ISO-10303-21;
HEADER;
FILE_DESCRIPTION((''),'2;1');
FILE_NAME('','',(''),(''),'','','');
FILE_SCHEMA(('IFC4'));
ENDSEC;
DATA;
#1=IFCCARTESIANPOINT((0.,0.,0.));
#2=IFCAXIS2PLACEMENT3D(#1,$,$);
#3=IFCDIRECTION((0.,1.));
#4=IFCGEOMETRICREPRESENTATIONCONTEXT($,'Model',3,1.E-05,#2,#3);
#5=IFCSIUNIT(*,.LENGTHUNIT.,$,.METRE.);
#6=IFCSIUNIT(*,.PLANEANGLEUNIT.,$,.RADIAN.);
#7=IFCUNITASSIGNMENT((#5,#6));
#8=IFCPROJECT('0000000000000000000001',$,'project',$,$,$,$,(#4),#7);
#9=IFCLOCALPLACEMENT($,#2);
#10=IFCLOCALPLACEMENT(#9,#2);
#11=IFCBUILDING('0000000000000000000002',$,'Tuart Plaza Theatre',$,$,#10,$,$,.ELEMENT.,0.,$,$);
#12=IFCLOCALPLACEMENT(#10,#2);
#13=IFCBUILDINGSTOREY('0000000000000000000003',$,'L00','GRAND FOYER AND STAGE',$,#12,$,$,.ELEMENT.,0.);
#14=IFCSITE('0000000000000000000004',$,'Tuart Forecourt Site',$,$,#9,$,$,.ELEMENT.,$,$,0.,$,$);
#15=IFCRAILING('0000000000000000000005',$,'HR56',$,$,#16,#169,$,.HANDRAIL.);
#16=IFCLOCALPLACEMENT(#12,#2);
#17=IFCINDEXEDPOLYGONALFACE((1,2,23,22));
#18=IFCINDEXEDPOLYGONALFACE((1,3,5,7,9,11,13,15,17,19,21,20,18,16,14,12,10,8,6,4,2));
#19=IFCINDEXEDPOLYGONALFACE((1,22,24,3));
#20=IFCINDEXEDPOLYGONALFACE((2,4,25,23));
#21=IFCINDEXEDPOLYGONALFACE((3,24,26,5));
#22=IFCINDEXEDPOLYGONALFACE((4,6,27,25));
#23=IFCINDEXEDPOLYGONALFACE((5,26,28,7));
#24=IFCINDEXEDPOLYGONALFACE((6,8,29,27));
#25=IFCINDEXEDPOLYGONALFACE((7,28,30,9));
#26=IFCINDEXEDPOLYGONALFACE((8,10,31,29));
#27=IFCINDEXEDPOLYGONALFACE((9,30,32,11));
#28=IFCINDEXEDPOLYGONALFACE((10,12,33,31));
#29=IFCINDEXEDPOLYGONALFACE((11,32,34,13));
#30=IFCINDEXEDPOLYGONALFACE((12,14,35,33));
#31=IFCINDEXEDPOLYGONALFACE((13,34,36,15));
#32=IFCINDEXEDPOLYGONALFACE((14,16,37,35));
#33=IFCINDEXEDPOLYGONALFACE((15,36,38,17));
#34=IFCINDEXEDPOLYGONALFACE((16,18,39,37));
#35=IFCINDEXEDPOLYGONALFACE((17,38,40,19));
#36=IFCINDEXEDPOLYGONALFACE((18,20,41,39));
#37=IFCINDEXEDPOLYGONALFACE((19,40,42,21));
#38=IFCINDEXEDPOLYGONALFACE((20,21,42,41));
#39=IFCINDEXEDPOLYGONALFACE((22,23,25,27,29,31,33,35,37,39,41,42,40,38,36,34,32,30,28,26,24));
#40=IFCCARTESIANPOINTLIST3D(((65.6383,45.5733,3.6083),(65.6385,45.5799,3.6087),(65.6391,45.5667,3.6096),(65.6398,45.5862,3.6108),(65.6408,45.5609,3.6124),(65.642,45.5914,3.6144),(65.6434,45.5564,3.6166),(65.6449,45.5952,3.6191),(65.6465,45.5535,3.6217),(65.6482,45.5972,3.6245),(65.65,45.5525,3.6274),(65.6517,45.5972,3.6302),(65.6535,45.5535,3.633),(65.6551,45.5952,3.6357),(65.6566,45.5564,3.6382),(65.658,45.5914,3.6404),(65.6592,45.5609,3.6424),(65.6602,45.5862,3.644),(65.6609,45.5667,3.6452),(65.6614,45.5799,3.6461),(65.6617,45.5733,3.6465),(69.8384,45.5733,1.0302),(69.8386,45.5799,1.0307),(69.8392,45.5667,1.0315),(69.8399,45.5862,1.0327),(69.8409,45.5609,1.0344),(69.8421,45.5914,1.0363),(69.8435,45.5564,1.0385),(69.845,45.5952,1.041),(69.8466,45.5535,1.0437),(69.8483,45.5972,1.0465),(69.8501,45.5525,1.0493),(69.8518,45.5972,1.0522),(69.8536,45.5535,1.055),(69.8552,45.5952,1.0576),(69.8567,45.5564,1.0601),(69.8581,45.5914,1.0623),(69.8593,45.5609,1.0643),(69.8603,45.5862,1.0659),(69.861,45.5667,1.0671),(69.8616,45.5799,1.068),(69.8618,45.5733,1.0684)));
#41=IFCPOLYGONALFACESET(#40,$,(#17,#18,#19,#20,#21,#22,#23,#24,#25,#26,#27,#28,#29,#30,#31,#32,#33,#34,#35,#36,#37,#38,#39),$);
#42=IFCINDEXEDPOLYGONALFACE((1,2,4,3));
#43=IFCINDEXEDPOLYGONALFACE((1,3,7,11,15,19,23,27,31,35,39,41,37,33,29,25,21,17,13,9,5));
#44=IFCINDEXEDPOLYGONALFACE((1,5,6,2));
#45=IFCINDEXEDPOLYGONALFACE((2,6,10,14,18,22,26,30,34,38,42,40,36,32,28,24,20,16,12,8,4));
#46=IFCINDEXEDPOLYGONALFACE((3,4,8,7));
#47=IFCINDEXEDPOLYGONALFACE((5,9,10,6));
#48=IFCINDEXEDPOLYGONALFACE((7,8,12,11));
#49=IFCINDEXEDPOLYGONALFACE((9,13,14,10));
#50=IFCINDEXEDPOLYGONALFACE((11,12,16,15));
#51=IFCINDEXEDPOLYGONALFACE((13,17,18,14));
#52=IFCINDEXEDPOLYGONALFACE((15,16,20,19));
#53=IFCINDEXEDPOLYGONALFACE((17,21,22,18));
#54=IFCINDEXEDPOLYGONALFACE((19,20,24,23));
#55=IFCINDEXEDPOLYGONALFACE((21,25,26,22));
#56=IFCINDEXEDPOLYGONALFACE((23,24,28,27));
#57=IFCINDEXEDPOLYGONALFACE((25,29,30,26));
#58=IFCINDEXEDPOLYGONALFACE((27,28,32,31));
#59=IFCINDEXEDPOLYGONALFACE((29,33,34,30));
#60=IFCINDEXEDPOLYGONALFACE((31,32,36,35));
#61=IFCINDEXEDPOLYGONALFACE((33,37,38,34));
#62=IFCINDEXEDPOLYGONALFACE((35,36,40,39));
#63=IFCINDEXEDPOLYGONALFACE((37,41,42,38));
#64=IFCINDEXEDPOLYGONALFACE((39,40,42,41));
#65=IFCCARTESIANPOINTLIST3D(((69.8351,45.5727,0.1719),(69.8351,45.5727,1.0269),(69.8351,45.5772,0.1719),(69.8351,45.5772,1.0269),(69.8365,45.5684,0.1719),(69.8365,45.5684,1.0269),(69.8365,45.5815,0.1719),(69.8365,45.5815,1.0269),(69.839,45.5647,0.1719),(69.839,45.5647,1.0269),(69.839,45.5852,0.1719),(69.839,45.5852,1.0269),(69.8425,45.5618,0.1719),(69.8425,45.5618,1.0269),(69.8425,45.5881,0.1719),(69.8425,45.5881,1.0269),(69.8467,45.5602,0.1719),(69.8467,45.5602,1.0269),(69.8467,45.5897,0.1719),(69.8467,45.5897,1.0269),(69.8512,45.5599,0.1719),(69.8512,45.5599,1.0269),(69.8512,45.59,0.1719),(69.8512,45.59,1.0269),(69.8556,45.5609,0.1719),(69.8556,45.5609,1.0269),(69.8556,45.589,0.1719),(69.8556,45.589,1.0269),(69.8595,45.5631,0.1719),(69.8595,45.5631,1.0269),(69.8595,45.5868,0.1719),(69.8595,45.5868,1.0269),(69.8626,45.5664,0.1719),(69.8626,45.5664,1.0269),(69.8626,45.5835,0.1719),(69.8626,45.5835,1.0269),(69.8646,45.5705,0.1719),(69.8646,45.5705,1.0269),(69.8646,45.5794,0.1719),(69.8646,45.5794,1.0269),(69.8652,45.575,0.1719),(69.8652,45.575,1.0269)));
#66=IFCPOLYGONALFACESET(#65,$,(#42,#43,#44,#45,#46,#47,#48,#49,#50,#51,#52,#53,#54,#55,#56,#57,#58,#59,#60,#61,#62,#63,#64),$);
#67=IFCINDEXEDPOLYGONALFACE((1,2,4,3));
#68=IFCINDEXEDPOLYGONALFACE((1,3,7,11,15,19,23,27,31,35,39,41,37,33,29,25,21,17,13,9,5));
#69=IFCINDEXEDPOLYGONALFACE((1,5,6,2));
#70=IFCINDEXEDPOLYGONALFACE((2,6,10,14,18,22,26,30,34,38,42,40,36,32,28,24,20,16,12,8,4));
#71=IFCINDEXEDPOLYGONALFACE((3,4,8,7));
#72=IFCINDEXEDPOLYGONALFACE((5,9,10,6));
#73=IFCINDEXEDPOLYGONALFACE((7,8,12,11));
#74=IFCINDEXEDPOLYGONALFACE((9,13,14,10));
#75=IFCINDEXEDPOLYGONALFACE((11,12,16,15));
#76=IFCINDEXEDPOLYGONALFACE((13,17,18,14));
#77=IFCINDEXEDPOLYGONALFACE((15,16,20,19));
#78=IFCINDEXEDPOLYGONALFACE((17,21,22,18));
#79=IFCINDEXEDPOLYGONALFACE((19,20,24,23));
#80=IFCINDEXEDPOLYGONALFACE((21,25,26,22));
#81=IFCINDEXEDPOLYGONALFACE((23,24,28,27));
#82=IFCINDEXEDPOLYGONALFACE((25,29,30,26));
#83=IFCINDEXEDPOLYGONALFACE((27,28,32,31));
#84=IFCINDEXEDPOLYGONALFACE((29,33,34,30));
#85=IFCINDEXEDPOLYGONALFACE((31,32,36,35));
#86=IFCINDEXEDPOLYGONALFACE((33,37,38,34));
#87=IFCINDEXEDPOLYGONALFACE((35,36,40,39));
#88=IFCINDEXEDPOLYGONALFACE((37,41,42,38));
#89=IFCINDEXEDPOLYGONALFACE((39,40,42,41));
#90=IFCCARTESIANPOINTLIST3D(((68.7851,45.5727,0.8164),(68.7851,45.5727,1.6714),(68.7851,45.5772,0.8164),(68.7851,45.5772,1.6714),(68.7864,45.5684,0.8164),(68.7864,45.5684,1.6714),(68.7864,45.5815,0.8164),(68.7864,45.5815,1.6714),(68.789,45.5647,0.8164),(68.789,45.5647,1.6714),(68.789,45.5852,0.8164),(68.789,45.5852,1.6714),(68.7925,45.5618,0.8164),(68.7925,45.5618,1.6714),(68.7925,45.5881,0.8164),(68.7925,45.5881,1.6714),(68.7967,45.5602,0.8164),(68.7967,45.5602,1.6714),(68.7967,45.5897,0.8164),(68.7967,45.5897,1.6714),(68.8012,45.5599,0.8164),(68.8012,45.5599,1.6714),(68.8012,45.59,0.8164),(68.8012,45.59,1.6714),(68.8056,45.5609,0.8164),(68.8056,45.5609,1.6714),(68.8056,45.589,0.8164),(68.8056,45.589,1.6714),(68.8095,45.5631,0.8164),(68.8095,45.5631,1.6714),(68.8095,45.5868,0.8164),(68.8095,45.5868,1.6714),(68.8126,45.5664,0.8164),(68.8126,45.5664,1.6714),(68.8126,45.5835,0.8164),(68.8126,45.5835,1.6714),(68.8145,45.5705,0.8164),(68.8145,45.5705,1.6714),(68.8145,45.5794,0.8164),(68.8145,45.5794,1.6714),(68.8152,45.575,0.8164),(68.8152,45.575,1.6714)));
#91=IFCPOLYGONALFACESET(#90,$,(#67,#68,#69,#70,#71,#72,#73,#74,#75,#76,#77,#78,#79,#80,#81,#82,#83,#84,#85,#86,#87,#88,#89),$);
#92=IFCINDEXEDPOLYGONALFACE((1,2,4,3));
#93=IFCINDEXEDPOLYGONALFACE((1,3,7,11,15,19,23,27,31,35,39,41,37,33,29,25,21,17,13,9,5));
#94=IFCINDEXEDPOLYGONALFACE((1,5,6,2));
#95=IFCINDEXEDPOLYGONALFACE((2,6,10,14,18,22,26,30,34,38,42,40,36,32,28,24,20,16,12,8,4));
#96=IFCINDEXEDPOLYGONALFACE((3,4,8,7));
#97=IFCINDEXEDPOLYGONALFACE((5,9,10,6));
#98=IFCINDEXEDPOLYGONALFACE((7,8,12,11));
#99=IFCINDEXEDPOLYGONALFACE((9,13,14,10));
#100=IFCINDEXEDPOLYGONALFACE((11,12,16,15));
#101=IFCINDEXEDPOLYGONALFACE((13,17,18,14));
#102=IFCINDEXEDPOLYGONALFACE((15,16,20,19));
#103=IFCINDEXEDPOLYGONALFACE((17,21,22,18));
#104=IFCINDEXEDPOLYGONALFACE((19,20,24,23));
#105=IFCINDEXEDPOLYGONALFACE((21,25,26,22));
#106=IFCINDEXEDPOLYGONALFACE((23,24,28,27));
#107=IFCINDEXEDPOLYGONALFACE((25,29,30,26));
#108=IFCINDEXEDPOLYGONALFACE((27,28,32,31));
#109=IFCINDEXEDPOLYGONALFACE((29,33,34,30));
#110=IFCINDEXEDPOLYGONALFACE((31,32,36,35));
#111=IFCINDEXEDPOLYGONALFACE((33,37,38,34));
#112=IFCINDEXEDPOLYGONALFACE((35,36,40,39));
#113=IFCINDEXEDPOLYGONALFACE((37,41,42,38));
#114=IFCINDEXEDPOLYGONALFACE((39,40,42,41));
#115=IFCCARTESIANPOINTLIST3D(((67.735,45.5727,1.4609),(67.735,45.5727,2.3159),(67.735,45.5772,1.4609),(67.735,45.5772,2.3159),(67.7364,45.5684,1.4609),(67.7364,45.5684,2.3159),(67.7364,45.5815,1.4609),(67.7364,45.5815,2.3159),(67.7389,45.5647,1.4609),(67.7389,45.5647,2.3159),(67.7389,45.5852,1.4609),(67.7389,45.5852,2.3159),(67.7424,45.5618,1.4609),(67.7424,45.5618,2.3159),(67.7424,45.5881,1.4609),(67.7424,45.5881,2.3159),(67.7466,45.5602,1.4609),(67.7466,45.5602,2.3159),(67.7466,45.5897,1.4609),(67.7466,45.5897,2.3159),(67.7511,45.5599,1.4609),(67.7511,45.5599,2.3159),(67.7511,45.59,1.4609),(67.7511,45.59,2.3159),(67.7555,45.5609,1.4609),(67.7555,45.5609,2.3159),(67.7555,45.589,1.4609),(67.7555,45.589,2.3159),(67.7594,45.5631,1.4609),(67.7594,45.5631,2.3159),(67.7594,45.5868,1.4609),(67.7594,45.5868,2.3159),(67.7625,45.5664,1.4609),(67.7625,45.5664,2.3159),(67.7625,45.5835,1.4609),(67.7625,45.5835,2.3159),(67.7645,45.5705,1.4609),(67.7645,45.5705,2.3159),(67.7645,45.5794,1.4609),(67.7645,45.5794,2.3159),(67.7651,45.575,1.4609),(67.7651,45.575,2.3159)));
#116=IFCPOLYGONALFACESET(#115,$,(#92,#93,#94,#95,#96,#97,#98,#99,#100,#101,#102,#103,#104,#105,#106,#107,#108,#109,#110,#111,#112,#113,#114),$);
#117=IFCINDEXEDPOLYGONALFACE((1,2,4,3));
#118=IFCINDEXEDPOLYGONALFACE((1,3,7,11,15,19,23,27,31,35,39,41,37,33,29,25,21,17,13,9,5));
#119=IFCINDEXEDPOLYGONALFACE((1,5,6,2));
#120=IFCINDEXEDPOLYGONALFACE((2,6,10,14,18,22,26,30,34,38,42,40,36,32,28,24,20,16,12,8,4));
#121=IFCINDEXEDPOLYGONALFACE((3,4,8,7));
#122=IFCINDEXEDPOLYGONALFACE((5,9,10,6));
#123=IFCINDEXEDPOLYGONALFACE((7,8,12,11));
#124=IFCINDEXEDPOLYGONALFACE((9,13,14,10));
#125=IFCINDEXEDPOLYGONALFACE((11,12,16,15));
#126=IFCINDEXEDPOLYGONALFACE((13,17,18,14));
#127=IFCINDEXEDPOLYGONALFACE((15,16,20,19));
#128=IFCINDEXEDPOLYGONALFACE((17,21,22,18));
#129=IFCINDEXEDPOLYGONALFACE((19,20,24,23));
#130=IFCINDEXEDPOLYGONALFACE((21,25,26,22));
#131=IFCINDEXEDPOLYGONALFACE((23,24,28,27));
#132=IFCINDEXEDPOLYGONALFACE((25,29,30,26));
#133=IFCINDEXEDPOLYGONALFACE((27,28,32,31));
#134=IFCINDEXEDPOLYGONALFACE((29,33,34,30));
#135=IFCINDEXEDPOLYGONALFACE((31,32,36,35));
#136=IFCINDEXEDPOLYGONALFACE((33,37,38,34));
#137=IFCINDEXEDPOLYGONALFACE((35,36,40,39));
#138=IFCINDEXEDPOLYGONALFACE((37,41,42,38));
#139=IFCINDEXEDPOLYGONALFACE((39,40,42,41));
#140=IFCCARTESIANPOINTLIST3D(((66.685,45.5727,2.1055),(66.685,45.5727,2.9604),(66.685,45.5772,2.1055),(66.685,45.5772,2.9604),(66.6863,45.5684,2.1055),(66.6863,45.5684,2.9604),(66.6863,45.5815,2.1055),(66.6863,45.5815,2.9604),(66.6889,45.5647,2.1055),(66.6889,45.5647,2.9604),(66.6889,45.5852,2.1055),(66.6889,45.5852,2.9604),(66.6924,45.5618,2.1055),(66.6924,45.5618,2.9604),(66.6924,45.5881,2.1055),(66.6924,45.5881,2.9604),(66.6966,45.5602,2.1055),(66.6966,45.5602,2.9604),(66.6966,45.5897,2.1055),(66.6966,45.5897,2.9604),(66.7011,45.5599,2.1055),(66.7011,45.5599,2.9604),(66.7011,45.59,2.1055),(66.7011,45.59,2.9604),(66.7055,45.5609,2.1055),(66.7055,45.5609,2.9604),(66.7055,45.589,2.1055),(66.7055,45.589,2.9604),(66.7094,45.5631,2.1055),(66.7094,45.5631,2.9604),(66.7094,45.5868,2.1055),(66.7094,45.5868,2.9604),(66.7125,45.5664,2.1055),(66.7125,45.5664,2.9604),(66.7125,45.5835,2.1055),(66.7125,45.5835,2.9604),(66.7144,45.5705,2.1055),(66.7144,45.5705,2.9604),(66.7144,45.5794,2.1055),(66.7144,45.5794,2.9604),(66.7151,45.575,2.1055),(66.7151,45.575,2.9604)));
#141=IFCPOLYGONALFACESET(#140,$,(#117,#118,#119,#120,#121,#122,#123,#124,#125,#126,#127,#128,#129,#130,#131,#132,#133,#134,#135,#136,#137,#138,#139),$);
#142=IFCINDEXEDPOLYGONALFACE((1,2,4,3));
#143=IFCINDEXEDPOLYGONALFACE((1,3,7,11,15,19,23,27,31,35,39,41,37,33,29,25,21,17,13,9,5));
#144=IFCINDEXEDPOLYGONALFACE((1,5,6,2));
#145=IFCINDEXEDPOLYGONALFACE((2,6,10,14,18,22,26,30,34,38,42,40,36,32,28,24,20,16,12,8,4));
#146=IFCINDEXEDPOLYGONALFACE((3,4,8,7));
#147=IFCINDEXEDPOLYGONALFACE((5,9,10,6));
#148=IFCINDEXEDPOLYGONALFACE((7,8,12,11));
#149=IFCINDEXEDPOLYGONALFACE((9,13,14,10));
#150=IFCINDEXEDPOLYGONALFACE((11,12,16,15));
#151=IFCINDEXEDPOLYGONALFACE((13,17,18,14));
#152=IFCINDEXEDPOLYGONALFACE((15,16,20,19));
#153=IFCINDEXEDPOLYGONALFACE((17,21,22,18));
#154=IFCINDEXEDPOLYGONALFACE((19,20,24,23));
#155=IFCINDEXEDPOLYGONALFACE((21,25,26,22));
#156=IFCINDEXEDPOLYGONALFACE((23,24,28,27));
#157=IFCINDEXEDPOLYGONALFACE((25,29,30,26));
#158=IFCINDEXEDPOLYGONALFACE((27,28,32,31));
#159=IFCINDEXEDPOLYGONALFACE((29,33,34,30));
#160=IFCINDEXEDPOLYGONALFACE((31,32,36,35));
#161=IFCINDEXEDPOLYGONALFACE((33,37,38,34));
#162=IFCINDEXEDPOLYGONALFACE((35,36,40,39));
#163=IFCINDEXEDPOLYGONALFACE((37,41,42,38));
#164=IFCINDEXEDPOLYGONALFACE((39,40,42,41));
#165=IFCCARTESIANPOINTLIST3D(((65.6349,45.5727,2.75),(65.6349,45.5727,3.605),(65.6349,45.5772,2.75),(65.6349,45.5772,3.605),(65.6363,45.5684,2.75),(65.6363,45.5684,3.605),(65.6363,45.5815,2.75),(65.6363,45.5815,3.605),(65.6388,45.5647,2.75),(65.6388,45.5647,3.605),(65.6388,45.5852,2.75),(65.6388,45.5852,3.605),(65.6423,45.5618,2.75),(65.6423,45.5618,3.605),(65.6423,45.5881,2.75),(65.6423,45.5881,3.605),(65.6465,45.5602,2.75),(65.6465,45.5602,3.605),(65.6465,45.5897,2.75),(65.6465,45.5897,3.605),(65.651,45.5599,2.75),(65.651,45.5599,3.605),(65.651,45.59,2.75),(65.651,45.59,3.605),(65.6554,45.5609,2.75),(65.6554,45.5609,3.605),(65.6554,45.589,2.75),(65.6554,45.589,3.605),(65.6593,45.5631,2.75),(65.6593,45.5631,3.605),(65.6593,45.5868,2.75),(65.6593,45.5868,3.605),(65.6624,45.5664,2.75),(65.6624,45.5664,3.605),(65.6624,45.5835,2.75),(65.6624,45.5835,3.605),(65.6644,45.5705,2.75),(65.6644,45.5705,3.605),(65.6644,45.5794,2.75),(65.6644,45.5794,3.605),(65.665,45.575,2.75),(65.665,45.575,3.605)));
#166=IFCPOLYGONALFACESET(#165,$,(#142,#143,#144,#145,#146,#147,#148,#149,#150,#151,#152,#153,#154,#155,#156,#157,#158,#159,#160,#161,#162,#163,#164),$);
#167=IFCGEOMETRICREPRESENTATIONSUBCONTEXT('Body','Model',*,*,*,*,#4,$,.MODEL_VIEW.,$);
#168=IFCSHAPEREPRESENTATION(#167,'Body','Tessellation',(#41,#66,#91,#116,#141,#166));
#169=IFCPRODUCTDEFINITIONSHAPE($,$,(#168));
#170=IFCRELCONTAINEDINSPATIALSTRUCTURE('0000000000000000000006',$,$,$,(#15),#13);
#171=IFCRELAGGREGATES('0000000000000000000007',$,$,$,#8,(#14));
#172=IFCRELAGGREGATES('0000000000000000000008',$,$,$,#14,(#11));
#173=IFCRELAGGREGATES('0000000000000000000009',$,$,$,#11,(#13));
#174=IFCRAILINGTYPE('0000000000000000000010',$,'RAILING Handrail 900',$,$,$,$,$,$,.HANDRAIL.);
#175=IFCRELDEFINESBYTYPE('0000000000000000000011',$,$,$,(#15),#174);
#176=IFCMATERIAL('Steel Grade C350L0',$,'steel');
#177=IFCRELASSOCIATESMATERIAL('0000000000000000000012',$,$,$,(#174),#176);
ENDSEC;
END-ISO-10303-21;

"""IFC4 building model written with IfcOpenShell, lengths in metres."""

from ifc_helpers import new_model, si_unit, direction, frame, origin, origin_2d, place, context, subcontext, project, spatial, circle, extrude, material, type_object, element, save


model = new_model("IFC4")

# Units and contexts
model_context = context("Model", 3, precision=1e-05, world=origin(), true_north=direction((0.0, 1.0)))
body_context = subcontext(model_context, "Body", "Model", "MODEL_VIEW")
ifc_project = project(units=[si_unit("LENGTHUNIT", "METRE"), si_unit("PLANEANGLEUNIT", "RADIAN")], contexts=[model_context])

# Site, building, storey
site_placement = place(None, origin())
site = spatial("IfcSite", under=ifc_project, at=site_placement, Name="Tuart Forecourt Site", CompositionType="ELEMENT", RefElevation=0.0)
building_placement = place(site_placement, origin())
building = spatial("IfcBuilding", under=site, at=building_placement, Name="Tuart Plaza Theatre", CompositionType="ELEMENT", ElevationOfRefHeight=0.0)
storey_placement = place(building_placement, origin())
storey = spatial("IfcBuildingStorey", under=building, at=storey_placement, Name="L00", Description="GRAND FOYER AND STAGE", CompositionType="ELEMENT", Elevation=0.0)

# Railing
ifc_material_1 = material(Name="Steel Grade C350L0", Category="steel")
railing_type = type_object("IfcRailingType", Name="RAILING Handrail 900", PredefinedType="HANDRAIL", material=ifc_material_1)
railing_placement = place(storey_placement, frame((69.8501, 45.575, 0.1719)))
element("IfcRailing", 1, at=railing_placement, inside=storey, type_object=railing_type, Name="HR56", PredefinedType="HANDRAIL", context=body_context, shape_type="SweptSolid", body=[
    extrude(circle(Radius=0.0225, at=origin_2d()), frame((0.0, 0.0, 0.8774), z_axis=(-0.852256, 0.0, 0.523124), x_axis=(0.0, -1.0, 0.0)), (0.0, 0.0, 1.0), 4.9282),
    extrude(circle(Radius=0.0151, at=origin_2d()), origin(), (0.0, 0.0, 1.0), 0.855),
    extrude(circle(Radius=0.0151, at=origin_2d()), frame((-1.05, 0.0, 0.6445)), (0.0, 0.0, 1.0), 0.855),
    extrude(circle(Radius=0.0151, at=origin_2d()), frame((-2.1001, 0.0, 1.2891)), (0.0, 0.0, 1.0), 0.855),
    extrude(circle(Radius=0.0151, at=origin_2d()), frame((-3.1501, 0.0, 1.9336)), (0.0, 0.0, 1.0), 0.855),
    extrude(circle(Radius=0.0151, at=origin_2d()), frame((-4.2002, 0.0, 2.5781)), (0.0, 0.0, 1.0), 0.855),
])

save(model, "model.ifc")
